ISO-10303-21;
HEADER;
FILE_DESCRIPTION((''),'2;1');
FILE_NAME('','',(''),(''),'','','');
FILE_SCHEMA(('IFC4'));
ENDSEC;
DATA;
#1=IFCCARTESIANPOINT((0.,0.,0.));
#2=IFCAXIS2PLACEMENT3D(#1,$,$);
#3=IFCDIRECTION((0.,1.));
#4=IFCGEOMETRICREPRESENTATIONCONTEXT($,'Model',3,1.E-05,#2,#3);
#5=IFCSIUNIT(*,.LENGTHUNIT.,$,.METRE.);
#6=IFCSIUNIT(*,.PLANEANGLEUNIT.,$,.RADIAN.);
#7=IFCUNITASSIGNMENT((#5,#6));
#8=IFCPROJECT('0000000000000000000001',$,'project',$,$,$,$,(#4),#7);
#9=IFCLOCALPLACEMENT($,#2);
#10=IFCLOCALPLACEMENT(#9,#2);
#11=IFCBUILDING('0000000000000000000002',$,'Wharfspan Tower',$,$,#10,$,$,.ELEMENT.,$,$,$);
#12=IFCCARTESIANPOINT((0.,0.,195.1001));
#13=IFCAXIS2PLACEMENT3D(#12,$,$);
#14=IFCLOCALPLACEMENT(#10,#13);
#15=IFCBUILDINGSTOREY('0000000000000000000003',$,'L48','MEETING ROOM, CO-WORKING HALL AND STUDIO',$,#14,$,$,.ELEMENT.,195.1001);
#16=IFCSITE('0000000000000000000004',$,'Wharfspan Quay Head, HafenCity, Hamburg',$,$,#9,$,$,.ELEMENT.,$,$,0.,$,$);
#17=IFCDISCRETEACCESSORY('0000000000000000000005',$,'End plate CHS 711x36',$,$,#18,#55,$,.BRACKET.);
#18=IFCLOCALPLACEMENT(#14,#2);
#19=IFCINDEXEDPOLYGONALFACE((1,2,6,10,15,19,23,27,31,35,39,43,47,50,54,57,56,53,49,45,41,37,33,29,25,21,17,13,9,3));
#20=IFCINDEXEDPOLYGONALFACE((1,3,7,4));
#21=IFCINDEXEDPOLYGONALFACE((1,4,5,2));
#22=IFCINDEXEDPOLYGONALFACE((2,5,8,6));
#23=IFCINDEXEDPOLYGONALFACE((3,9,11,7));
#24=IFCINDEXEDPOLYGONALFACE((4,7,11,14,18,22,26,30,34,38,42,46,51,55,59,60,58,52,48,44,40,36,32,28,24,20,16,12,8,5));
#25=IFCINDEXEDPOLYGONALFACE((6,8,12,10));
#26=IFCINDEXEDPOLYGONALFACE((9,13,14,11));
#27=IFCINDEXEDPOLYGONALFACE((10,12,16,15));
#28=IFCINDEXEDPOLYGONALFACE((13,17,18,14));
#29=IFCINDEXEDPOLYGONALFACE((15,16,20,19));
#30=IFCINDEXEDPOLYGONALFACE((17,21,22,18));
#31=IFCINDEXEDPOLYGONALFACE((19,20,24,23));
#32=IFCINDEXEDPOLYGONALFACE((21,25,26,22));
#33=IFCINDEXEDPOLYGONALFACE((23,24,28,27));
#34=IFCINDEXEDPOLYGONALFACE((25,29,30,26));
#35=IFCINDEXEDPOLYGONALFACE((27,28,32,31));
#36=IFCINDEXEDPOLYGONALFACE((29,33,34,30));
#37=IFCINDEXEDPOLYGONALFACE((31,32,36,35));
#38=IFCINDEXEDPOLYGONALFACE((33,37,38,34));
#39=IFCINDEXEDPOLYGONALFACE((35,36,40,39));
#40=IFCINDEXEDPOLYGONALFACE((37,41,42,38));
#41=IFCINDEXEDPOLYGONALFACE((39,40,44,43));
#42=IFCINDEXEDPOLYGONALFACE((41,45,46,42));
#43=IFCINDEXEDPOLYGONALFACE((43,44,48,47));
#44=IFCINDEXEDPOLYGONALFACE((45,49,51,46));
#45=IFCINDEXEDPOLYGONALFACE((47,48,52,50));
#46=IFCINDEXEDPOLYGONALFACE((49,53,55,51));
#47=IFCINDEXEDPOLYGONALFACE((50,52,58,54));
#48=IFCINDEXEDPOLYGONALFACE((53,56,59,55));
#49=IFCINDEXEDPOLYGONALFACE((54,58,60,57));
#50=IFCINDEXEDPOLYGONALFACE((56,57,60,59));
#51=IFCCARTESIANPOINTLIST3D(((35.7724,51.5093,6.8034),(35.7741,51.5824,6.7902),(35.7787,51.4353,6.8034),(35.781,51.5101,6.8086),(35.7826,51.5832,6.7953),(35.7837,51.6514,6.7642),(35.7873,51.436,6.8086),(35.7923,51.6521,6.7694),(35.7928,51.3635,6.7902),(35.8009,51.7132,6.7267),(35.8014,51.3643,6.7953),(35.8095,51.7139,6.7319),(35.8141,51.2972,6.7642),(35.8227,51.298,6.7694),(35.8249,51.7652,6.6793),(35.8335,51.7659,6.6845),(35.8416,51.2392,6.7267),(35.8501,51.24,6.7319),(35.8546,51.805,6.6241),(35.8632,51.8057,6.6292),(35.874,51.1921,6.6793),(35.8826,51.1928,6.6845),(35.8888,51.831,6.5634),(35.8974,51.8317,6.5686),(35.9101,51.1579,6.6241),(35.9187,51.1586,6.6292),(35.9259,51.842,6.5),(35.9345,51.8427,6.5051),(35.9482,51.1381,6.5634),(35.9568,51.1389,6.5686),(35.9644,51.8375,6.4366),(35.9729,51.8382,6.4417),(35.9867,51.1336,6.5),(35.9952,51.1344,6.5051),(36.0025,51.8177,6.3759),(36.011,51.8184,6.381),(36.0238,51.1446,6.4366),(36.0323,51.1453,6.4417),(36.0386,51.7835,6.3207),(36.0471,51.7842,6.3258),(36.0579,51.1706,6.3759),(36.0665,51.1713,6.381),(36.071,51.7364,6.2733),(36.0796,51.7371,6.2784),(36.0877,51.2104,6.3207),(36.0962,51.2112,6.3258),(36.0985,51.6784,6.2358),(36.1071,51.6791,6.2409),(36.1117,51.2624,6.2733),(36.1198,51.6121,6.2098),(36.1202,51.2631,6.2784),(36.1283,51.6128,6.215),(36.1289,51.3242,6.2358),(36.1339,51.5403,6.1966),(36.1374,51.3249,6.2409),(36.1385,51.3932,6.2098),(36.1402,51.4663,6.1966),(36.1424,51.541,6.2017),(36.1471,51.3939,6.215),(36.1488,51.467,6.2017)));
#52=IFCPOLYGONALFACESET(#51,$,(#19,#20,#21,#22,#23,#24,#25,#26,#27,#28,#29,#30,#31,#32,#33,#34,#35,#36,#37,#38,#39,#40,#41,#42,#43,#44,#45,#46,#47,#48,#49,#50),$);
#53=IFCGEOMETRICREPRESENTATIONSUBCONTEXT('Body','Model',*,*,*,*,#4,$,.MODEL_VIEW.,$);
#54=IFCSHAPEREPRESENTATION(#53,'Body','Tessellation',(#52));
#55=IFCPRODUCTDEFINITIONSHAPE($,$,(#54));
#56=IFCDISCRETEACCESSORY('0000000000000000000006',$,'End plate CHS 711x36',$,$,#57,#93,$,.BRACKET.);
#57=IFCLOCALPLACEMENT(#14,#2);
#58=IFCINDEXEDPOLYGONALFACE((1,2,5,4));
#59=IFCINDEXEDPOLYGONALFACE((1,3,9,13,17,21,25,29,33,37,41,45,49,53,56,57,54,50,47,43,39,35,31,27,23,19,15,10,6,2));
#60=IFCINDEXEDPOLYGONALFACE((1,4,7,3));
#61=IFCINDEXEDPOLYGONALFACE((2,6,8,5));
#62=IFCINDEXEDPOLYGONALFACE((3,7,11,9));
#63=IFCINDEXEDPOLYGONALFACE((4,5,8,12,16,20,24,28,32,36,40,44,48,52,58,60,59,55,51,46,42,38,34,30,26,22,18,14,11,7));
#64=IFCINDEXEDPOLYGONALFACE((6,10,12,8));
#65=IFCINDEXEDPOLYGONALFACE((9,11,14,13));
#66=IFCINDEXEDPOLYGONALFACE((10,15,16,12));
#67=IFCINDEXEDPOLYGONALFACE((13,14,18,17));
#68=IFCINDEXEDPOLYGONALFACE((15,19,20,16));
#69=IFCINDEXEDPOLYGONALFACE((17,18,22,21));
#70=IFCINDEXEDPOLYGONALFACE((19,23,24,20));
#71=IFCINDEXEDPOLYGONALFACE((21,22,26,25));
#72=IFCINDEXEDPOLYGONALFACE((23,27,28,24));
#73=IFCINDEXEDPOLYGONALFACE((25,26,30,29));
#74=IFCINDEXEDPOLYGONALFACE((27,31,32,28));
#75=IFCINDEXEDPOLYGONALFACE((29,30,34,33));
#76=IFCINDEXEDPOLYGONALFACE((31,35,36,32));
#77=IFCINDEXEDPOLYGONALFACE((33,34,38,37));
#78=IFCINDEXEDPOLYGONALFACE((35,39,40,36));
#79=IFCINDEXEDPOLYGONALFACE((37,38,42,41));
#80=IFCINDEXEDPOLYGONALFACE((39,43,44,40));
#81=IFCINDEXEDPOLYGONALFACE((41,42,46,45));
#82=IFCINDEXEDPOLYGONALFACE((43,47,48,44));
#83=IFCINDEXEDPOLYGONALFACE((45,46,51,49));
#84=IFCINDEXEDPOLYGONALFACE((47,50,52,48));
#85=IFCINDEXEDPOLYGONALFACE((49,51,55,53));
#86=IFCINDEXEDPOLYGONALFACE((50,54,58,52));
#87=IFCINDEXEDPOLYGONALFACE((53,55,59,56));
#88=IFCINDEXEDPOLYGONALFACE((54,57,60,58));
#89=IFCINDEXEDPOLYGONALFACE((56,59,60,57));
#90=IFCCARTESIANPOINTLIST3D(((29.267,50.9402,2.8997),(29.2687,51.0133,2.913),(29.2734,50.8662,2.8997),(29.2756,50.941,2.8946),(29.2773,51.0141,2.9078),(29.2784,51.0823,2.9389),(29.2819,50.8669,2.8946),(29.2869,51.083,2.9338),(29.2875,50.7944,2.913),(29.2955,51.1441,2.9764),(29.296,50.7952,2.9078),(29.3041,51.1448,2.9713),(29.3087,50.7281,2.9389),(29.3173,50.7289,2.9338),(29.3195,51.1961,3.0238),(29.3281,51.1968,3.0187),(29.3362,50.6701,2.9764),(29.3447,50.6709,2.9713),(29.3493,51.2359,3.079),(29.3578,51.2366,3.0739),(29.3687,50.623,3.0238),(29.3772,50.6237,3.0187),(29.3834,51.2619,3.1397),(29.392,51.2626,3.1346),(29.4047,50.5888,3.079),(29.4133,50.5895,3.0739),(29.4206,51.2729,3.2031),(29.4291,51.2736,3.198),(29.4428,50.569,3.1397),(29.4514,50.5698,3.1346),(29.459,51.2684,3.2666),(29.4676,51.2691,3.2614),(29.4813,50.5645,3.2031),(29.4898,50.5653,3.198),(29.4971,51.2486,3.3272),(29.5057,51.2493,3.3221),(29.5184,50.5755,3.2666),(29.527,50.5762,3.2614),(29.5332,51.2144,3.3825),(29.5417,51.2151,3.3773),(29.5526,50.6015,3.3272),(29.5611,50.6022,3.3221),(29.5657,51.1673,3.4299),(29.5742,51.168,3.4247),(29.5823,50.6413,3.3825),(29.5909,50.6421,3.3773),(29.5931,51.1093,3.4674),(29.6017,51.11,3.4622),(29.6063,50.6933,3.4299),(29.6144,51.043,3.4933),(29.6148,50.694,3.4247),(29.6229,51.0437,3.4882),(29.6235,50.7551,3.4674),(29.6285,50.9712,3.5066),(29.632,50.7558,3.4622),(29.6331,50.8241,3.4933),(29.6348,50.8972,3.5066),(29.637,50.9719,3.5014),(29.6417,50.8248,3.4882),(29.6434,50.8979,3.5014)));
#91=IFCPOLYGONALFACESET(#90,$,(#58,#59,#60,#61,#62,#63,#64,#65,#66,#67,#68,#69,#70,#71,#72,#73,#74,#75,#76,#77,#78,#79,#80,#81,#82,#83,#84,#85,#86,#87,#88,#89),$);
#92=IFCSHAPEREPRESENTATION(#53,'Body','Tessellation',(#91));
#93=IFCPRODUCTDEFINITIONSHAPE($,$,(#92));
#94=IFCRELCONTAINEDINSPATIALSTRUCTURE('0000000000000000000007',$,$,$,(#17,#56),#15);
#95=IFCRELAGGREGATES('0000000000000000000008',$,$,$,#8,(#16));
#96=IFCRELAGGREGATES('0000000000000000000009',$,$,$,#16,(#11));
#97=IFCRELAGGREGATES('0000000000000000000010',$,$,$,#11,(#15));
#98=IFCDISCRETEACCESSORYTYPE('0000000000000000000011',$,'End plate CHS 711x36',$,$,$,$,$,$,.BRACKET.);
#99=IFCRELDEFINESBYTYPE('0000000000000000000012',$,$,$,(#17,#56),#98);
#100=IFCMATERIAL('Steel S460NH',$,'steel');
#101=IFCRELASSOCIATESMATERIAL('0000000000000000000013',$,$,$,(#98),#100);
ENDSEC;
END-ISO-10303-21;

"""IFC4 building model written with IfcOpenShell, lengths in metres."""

from ifc_helpers import new_model, si_unit, direction, frame, origin, origin_2d, place, context, subcontext, project, spatial, circle, extrude, material, material_profile, profile_set, type_object, element, save


model = new_model("IFC4")

# Units and contexts
model_context = context("Model", 3, precision=1e-05, world=origin(), true_north=direction((0.0, 1.0)))
body_context = subcontext(model_context, "Body", "Model", "MODEL_VIEW")
ifc_project = project(units=[si_unit("LENGTHUNIT", "METRE"), si_unit("PLANEANGLEUNIT", "RADIAN")], contexts=[model_context])

# Site, building, storey
site_placement = place(None, origin())
site = spatial("IfcSite", under=ifc_project, at=site_placement, Name="Wharfspan Quay Head, HafenCity, Hamburg", CompositionType="ELEMENT", RefElevation=0.0)
building_placement = place(site_placement, origin())
building = spatial("IfcBuilding", under=site, at=building_placement, Name="Wharfspan Tower", CompositionType="ELEMENT")
storey_placement = place(building_placement, frame((0.0, 0.0, 195.1001)))
storey = spatial("IfcBuildingStorey", under=building, at=storey_placement, Name="L48", Description="MEETING ROOM, CO-WORKING HALL AND STUDIO", CompositionType="ELEMENT", Elevation=195.1001)

# Shared definitions
ifc_material_1 = material(Name="Steel S460NH", Category="steel")

# Discrete accessories
ifc_material_profile_1 = material_profile(ifc_material_1, circle(Radius=0.3555, at=origin_2d()))
ifc_profile_set_1 = profile_set([ifc_material_profile_1], Name="Steel S460NH")
discrete_accessory_type = type_object("IfcDiscreteAccessoryType", Name="End plate CHS 711x36", PredefinedType="BRACKET", material=ifc_profile_set_1)
for number, where, z_axis, x_axis, name in (
    (1, (35.9563, 51.4878, 6.5), (0.855186, 0.073302, 0.513112), (-0.085402, 0.996345, 0.000001), "End plate CHS 711x36"),
    (2, (29.4595, 50.9194, 3.198), (-0.855186, -0.073302, 0.513112), (0.085402, -0.996345, 0.000001), "End plate CHS 711x36"),
):
    element("IfcDiscreteAccessory", number, at=place(storey_placement, frame(where, z_axis=z_axis, x_axis=x_axis)), inside=storey, type_object=discrete_accessory_type, Name=name, PredefinedType="BRACKET", context=body_context, shape_type="SweptSolid", body=[
        extrude(circle(Radius=0.3555, at=origin_2d()), origin(), (0.0, 0.0, 1.0), 0.01),
    ])

save(model, "model.ifc")
